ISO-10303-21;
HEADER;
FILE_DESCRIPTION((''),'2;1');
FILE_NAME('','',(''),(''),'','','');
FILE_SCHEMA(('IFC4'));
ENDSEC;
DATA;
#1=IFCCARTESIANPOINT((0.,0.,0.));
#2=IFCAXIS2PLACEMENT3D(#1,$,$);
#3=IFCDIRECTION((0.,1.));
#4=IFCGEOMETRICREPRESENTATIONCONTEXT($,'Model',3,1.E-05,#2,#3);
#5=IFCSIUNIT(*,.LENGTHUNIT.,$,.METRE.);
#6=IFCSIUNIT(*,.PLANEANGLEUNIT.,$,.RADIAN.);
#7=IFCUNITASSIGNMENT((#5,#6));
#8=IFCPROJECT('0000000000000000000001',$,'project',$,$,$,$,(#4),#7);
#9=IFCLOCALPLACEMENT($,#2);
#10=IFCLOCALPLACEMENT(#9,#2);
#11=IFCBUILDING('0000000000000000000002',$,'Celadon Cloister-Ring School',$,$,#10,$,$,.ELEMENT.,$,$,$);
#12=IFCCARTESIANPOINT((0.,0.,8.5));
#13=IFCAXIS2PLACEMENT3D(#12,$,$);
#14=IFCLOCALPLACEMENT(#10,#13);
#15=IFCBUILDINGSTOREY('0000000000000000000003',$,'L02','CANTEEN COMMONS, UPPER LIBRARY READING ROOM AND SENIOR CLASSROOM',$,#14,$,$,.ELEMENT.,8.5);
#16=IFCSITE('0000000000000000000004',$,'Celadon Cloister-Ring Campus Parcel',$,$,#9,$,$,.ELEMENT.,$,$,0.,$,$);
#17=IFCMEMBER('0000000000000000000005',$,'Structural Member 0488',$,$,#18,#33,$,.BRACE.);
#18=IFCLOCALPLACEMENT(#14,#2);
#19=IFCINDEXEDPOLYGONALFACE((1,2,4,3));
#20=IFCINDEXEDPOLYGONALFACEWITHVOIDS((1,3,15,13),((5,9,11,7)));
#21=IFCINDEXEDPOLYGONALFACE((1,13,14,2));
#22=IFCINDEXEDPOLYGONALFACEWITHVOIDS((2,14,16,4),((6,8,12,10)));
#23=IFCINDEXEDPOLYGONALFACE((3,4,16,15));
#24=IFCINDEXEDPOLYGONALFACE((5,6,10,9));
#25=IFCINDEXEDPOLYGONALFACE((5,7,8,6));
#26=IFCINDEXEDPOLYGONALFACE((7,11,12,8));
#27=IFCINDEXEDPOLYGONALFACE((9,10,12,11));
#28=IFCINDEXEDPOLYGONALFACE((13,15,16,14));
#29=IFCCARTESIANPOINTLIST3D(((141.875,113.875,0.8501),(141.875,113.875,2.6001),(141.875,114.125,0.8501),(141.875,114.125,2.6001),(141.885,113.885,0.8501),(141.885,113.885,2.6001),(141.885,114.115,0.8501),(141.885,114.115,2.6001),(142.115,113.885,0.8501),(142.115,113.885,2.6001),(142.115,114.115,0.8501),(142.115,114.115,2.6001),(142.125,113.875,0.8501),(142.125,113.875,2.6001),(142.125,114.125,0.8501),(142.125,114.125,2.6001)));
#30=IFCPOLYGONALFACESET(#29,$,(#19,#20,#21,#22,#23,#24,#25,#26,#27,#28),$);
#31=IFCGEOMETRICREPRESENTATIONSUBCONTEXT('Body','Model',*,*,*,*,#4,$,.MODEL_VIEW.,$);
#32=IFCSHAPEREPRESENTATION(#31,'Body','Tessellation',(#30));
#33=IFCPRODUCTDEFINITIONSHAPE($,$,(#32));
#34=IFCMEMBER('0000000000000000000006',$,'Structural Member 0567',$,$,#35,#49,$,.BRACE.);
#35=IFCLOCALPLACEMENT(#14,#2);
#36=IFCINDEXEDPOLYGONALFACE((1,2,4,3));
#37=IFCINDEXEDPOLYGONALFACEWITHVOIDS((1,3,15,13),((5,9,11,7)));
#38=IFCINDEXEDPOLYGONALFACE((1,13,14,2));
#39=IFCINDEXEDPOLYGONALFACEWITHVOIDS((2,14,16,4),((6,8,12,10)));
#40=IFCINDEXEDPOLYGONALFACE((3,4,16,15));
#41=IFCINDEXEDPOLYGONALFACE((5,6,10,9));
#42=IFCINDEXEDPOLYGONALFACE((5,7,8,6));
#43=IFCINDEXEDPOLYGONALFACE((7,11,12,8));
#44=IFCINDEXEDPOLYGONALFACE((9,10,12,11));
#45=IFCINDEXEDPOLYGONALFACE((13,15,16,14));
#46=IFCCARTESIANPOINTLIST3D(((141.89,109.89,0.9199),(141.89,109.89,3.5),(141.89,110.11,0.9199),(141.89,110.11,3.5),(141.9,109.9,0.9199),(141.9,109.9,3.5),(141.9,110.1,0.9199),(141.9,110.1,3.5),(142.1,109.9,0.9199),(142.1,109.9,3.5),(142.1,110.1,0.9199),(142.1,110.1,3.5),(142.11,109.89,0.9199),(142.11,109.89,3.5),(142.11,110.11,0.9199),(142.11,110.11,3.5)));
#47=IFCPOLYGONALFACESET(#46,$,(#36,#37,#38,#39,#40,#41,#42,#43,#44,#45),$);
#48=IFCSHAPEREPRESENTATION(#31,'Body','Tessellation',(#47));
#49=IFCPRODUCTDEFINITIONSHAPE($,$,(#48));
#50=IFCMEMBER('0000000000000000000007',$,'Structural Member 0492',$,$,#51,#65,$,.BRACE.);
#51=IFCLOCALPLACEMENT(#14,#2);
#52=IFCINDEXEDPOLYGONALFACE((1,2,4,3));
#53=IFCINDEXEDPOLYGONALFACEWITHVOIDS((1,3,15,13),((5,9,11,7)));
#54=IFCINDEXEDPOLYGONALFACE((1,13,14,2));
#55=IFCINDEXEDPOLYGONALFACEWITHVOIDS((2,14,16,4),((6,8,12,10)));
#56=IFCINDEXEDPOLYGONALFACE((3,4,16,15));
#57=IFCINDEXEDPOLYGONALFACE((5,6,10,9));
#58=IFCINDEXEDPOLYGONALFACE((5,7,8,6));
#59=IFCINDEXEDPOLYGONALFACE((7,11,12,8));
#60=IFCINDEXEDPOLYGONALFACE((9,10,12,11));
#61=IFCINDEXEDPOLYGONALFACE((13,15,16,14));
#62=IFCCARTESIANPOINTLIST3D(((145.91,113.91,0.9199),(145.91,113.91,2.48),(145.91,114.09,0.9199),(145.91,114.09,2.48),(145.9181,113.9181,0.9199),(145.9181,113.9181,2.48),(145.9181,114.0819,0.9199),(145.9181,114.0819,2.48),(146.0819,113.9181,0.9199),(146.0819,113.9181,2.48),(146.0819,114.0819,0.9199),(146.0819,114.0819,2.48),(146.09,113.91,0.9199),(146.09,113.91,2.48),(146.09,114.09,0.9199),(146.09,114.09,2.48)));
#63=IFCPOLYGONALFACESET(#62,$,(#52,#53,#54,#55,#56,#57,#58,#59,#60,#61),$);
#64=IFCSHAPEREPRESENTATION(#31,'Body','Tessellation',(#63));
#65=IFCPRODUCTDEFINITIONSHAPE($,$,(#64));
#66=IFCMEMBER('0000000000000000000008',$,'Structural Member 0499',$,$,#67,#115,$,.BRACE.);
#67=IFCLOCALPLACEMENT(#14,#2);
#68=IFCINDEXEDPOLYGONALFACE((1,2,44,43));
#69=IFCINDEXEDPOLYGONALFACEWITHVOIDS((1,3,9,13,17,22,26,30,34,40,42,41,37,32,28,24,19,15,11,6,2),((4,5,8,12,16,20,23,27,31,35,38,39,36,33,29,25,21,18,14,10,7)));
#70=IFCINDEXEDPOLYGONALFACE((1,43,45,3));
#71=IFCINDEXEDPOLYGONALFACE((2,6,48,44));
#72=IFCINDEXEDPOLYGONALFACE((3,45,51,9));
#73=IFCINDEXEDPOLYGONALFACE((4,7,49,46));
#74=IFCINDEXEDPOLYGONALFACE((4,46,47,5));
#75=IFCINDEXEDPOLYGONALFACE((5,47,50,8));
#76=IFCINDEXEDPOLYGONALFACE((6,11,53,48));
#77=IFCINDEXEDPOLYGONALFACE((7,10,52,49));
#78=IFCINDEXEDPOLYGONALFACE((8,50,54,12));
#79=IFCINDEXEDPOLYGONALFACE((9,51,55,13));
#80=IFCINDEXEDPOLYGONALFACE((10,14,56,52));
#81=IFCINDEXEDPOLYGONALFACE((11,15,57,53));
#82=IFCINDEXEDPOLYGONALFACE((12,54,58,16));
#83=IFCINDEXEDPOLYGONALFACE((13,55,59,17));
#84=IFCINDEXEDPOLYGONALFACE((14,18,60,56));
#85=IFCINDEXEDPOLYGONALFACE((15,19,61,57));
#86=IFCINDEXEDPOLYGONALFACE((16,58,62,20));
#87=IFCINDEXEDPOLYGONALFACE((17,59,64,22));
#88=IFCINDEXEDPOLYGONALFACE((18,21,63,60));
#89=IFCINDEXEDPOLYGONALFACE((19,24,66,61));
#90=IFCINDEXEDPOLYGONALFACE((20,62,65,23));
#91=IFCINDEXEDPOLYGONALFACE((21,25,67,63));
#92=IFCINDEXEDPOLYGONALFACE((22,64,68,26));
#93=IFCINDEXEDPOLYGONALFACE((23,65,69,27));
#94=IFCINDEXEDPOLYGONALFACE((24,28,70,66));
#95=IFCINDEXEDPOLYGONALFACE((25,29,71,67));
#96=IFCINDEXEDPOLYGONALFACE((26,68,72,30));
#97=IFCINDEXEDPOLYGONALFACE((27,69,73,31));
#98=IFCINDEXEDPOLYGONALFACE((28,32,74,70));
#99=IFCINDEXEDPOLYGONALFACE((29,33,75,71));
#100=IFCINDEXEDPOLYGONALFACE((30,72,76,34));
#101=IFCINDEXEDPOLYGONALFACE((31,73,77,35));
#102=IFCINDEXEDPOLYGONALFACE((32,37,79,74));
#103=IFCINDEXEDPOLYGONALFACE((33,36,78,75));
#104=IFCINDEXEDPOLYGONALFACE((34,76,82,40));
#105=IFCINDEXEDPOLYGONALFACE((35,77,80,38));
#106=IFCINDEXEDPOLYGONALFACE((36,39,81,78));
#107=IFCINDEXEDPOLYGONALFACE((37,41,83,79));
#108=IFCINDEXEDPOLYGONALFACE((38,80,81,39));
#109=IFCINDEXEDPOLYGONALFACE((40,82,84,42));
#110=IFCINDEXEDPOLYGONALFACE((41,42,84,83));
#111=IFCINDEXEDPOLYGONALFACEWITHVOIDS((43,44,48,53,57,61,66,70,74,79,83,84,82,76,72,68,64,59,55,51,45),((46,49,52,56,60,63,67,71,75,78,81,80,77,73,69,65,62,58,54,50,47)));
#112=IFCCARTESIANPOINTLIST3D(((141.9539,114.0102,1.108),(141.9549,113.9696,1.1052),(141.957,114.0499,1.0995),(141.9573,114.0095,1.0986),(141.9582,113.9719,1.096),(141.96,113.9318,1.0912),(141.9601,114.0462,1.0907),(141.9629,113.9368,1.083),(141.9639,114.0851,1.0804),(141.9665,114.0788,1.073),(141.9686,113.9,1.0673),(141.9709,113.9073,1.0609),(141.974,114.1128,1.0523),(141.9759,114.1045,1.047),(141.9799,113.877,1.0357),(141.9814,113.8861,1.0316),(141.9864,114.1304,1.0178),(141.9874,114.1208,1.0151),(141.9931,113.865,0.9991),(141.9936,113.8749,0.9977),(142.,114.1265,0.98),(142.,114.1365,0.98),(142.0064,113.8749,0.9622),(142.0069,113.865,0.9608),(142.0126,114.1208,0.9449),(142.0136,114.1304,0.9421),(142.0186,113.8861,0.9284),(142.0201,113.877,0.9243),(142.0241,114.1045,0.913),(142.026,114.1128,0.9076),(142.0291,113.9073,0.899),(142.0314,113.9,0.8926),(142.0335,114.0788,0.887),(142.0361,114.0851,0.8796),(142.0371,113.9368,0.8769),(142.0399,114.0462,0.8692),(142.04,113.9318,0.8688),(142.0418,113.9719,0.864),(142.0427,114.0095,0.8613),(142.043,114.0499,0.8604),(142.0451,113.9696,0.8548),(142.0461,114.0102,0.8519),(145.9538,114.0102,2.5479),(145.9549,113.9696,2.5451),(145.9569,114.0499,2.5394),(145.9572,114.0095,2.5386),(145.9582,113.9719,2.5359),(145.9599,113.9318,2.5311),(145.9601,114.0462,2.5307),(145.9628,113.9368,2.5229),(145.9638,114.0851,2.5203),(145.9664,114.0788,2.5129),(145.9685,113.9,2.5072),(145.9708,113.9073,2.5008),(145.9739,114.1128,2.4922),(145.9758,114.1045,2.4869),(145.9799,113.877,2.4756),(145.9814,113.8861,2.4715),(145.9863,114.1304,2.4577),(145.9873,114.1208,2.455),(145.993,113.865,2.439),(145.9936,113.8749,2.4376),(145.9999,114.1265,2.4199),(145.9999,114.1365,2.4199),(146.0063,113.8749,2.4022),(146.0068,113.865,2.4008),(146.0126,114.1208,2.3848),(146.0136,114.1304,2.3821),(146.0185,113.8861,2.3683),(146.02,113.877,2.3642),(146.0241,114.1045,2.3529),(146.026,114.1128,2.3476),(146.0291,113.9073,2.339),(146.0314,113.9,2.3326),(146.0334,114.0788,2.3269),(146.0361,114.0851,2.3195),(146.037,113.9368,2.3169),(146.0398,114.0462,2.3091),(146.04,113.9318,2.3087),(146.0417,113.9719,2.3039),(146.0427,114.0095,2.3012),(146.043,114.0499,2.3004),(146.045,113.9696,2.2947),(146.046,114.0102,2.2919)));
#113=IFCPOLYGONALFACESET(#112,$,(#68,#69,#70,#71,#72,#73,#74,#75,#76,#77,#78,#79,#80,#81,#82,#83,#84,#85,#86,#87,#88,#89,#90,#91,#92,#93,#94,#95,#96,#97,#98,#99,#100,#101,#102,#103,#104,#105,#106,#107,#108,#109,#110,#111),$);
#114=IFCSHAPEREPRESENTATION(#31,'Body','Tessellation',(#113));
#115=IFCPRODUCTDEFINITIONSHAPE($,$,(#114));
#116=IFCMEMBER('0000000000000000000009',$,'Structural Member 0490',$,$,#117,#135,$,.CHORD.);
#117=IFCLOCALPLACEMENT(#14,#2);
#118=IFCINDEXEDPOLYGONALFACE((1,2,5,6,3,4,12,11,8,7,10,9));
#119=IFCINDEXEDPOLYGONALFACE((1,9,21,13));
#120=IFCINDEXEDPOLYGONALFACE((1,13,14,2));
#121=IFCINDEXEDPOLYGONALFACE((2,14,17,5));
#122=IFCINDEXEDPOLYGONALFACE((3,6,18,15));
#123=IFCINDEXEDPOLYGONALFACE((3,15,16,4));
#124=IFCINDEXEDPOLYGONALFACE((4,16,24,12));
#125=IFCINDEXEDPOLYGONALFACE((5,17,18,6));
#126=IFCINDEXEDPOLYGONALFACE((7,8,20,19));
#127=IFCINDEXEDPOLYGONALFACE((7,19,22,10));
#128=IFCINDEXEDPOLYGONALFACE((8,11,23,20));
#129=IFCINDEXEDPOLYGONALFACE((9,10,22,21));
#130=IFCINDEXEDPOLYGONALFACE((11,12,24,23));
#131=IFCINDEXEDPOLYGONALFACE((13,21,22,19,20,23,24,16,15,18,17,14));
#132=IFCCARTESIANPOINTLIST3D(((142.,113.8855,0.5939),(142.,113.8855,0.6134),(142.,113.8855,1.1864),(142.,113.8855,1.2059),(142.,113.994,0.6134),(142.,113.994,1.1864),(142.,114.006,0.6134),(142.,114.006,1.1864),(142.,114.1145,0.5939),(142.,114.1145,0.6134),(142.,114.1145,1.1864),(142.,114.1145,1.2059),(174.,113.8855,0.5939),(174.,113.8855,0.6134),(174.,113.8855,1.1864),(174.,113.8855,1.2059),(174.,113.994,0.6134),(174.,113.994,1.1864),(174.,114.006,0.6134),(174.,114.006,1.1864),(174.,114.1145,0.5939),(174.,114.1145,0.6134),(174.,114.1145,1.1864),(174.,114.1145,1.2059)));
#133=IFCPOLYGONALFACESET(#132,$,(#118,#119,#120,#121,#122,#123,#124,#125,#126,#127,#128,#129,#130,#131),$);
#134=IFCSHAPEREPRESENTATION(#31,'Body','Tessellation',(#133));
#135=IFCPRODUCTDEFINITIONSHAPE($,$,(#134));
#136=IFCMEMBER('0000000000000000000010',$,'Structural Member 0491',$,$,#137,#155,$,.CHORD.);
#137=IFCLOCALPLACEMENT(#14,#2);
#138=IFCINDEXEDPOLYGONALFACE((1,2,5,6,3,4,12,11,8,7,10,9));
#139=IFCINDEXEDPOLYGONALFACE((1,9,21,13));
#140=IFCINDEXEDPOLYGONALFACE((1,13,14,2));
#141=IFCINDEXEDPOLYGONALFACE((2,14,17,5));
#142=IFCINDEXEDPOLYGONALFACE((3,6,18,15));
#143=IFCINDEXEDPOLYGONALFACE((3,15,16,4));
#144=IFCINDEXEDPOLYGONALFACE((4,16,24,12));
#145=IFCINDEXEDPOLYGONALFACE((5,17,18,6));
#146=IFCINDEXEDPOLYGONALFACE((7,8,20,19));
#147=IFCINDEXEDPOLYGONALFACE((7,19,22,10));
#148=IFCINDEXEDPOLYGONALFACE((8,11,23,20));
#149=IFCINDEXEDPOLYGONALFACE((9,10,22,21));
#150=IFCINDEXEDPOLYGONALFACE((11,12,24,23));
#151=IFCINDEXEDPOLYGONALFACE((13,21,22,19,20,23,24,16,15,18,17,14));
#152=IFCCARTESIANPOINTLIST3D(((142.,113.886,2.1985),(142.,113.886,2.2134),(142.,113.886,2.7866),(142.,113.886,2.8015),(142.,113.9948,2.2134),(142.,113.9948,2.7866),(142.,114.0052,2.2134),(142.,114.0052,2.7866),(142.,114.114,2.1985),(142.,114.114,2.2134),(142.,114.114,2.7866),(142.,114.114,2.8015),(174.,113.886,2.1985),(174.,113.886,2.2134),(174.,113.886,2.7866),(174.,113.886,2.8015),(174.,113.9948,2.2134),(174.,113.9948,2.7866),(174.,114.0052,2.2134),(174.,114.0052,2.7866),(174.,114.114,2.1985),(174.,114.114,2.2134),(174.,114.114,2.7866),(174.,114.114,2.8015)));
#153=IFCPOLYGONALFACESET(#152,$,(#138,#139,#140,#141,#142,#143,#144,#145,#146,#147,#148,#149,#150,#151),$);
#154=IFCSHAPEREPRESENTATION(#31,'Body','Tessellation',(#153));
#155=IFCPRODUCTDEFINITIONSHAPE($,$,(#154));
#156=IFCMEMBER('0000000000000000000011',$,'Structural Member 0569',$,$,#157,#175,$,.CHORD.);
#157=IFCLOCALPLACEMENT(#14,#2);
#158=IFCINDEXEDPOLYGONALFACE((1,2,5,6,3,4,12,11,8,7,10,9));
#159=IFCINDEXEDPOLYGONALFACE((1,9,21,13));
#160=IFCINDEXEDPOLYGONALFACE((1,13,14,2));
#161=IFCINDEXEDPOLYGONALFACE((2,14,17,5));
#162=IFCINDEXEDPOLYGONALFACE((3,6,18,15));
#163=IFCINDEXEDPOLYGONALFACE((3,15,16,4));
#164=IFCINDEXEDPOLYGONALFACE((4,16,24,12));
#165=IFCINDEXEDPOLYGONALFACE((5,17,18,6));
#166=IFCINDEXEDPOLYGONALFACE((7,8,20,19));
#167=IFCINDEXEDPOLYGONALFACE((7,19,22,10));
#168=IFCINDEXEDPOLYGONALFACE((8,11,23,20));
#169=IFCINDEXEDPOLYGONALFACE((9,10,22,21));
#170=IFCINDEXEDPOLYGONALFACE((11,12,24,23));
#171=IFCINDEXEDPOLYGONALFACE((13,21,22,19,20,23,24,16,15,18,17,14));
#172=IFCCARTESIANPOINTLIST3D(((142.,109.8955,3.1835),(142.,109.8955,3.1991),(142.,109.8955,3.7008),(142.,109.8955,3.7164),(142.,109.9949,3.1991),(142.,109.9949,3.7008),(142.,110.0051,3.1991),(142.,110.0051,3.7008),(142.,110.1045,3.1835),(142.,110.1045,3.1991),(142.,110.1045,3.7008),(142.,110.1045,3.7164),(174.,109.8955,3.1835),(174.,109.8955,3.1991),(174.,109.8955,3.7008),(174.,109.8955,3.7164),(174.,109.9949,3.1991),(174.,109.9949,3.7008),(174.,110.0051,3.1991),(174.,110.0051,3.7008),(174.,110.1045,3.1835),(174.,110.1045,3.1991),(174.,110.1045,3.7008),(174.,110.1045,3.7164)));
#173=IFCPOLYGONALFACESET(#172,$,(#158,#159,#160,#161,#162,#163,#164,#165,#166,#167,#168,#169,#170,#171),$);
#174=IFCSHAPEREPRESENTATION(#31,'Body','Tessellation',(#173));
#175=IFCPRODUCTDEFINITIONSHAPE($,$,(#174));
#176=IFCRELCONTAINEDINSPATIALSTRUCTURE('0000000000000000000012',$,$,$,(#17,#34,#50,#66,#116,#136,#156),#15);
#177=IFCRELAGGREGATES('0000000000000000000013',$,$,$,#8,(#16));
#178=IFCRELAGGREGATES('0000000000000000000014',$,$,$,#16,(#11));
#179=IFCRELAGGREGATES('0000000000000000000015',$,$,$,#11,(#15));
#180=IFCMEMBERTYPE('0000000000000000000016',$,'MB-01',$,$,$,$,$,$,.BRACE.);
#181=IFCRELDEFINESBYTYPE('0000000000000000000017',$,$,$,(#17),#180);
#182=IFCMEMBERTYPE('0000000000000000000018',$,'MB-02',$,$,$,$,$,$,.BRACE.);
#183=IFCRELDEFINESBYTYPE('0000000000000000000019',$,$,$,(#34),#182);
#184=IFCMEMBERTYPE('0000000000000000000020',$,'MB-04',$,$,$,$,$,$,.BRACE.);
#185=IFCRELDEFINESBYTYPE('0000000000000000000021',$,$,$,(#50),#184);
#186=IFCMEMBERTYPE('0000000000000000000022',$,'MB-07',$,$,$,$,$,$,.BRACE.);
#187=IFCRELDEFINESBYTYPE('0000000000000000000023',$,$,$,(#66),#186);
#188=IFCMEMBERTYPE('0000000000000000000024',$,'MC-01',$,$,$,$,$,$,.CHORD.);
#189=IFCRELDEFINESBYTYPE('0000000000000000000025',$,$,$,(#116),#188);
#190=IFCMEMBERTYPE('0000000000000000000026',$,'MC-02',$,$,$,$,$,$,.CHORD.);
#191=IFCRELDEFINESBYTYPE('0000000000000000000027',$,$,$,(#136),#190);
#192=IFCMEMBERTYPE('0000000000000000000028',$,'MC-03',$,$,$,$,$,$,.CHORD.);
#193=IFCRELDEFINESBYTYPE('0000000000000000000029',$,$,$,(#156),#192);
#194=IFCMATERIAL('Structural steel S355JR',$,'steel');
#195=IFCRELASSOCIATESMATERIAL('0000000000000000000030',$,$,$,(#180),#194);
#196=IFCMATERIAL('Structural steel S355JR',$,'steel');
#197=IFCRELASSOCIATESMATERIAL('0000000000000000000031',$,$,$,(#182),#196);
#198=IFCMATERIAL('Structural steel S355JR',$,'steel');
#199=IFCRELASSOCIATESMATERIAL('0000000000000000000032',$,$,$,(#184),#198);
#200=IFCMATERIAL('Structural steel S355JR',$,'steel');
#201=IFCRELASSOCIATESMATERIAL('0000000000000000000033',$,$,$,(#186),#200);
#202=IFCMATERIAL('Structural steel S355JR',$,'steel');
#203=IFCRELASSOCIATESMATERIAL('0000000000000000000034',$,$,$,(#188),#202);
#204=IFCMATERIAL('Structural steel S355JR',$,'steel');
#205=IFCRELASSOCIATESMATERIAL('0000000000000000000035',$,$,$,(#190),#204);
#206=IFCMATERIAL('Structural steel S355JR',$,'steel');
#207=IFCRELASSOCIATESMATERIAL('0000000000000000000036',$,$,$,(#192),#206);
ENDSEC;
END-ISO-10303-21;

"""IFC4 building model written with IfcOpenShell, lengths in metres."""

from ifc_helpers import new_model, si_unit, direction, frame, origin, origin_2d, place, context, subcontext, project, spatial, hollow_rectangle, hollow_circle, i_section, extrude, material, material_profile, profile_set, type_object, element, save


model = new_model("IFC4")

# Units and contexts
model_context = context("Model", 3, precision=1e-05, world=origin(), true_north=direction((0.0, 1.0)))
body_context = subcontext(model_context, "Body", "Model", "MODEL_VIEW")
ifc_project = project(units=[si_unit("LENGTHUNIT", "METRE"), si_unit("PLANEANGLEUNIT", "RADIAN")], contexts=[model_context])

# Site, building, storey
site_placement = place(None, origin())
site = spatial("IfcSite", under=ifc_project, at=site_placement, Name="Celadon Cloister-Ring Campus Parcel", CompositionType="ELEMENT", RefElevation=0.0)
building_placement = place(site_placement, origin())
building = spatial("IfcBuilding", under=site, at=building_placement, Name="Celadon Cloister-Ring School", CompositionType="ELEMENT")
storey_placement = place(building_placement, frame((0.0, 0.0, 8.5)))
storey = spatial("IfcBuildingStorey", under=building, at=storey_placement, Name="L02", Description="CANTEEN COMMONS, UPPER LIBRARY READING ROOM AND SENIOR CLASSROOM", CompositionType="ELEMENT", Elevation=8.5)

# Members
ifc_material_1 = material(Name="Structural steel S355JR", Category="steel")
ifc_material_profile_1 = material_profile(ifc_material_1, hollow_rectangle(XDim=0.25, YDim=0.25, WallThickness=0.01, at=origin_2d()), Name="HSS250X250X10")
ifc_profile_set_1 = profile_set([ifc_material_profile_1], Name="Structural steel S355JR")
member_type_1 = type_object("IfcMemberType", Name="MB-01", PredefinedType="BRACE", material=ifc_profile_set_1)
member_1_placement = place(storey_placement, frame((142.0, 114.0, 0.8501), z_axis=(0.0, 0.0, 1.0), x_axis=(1.0, 0.0, 0.0)))
element("IfcMember", 1, at=member_1_placement, inside=storey, type_object=member_type_1, Name="Structural Member 0488", PredefinedType="BRACE", context=body_context, shape_type="SweptSolid", body=[
    extrude(hollow_rectangle(XDim=0.25, YDim=0.25, WallThickness=0.01, at=origin_2d()), origin(), (0.0, 0.0, 1.0), 1.75),
])
ifc_material_2 = material(Name="Structural steel S355JR", Category="steel")
ifc_material_profile_2 = material_profile(ifc_material_2, hollow_rectangle(XDim=0.22, YDim=0.22, WallThickness=0.01, at=origin_2d()), Name="HSS220X220X10")
ifc_profile_set_2 = profile_set([ifc_material_profile_2], Name="Structural steel S355JR")
member_type_2 = type_object("IfcMemberType", Name="MB-02", PredefinedType="BRACE", material=ifc_profile_set_2)
member_2_placement = place(storey_placement, frame((142.0, 110.0, 0.9199), z_axis=(0.0, 0.0, 1.0), x_axis=(1.0, 0.0, 0.0)))
element("IfcMember", 2, at=member_2_placement, inside=storey, type_object=member_type_2, Name="Structural Member 0567", PredefinedType="BRACE", context=body_context, shape_type="SweptSolid", body=[
    extrude(hollow_rectangle(XDim=0.22, YDim=0.22, WallThickness=0.01, at=origin_2d()), origin(), (0.0, 0.0, 1.0), 2.5801),
])
ifc_material_3 = material(Name="Structural steel S355JR", Category="steel")
ifc_material_profile_3 = material_profile(ifc_material_3, hollow_rectangle(XDim=0.1799, YDim=0.1799, WallThickness=0.0081, at=origin_2d()), Name="HSS180X180X8")
ifc_profile_set_3 = profile_set([ifc_material_profile_3], Name="Structural steel S355JR")
member_type_3 = type_object("IfcMemberType", Name="MB-04", PredefinedType="BRACE", material=ifc_profile_set_3)
member_3_placement = place(storey_placement, frame((146.0, 114.0, 0.9199), z_axis=(0.0, 0.0, 1.0), x_axis=(1.0, 0.0, 0.0)))
element("IfcMember", 3, at=member_3_placement, inside=storey, type_object=member_type_3, Name="Structural Member 0492", PredefinedType="BRACE", context=body_context, shape_type="SweptSolid", body=[
    extrude(hollow_rectangle(XDim=0.1799, YDim=0.1799, WallThickness=0.0081, at=origin_2d()), origin(), (0.0, 0.0, 1.0), 1.5601),
])
ifc_material_4 = material(Name="Structural steel S355JR", Category="steel")
ifc_material_profile_4 = material_profile(ifc_material_4, hollow_circle(Radius=0.1365, WallThickness=0.01, at=origin_2d()), Name="CHS273.0X10")
ifc_profile_set_4 = profile_set([ifc_material_profile_4], Name="Structural steel S355JR")
member_type_4 = type_object("IfcMemberType", Name="MB-07", PredefinedType="BRACE", material=ifc_profile_set_4)
member_4_placement = place(storey_placement, frame((142.0, 114.0, 0.98), z_axis=(0.940892, 0.0, 0.338707), x_axis=(0.0, 1.0, 0.0)))
element("IfcMember", 4, at=member_4_placement, inside=storey, type_object=member_type_4, Name="Structural Member 0499", PredefinedType="BRACE", context=body_context, shape_type="SweptSolid", body=[
    extrude(hollow_circle(Radius=0.1365, WallThickness=0.01, at=origin_2d()), origin(), (0.0, 0.0, 1.0), 4.2512),
])
ifc_material_5 = material(Name="Structural steel S355JR", Category="steel")
ifc_material_profile_5 = material_profile(ifc_material_5, i_section(OverallWidth=0.229, OverallDepth=0.6121, WebThickness=0.012, FlangeThickness=0.0195, at=origin_2d()), Name="W610X125")
ifc_profile_set_5 = profile_set([ifc_material_profile_5], Name="Structural steel S355JR")
member_type_5 = type_object("IfcMemberType", Name="MC-01", PredefinedType="CHORD", material=ifc_profile_set_5)
member_5_placement = place(storey_placement, frame((142.0, 114.0, 0.8999), z_axis=(1.0, 0.0, 0.0), x_axis=(0.0, 1.0, 0.0)))
element("IfcMember", 5, at=member_5_placement, inside=storey, type_object=member_type_5, Name="Structural Member 0490", PredefinedType="CHORD", context=body_context, shape_type="SweptSolid", body=[
    extrude(i_section(OverallWidth=0.229, OverallDepth=0.6121, WebThickness=0.012, FlangeThickness=0.0195, at=origin_2d()), origin(), (0.0, 0.0, 1.0), 32.0),
])
ifc_material_6 = material(Name="Structural steel S355JR", Category="steel")
ifc_material_profile_6 = material_profile(ifc_material_6, i_section(OverallWidth=0.228, OverallDepth=0.603, WebThickness=0.0105, FlangeThickness=0.0149, at=origin_2d()), Name="W610X101")
ifc_profile_set_6 = profile_set([ifc_material_profile_6], Name="Structural steel S355JR")
member_type_6 = type_object("IfcMemberType", Name="MC-02", PredefinedType="CHORD", material=ifc_profile_set_6)
member_6_placement = place(storey_placement, frame((142.0, 114.0, 2.5), z_axis=(1.0, 0.0, 0.0), x_axis=(0.0, 1.0, 0.0)))
element("IfcMember", 6, at=member_6_placement, inside=storey, type_object=member_type_6, Name="Structural Member 0491", PredefinedType="CHORD", context=body_context, shape_type="SweptSolid", body=[
    extrude(i_section(OverallWidth=0.228, OverallDepth=0.603, WebThickness=0.0105, FlangeThickness=0.0149, at=origin_2d()), origin(), (0.0, 0.0, 1.0), 32.0),
])
ifc_material_7 = material(Name="Structural steel S355JR", Category="steel")
ifc_material_profile_7 = material_profile(ifc_material_7, i_section(OverallWidth=0.209, OverallDepth=0.533, WebThickness=0.0103, FlangeThickness=0.0156, at=origin_2d()), Name="W530X92")
ifc_profile_set_7 = profile_set([ifc_material_profile_7], Name="Structural steel S355JR")
member_type_7 = type_object("IfcMemberType", Name="MC-03", PredefinedType="CHORD", material=ifc_profile_set_7)
member_7_placement = place(storey_placement, frame((142.0, 110.0, 3.45), z_axis=(1.0, 0.0, 0.0), x_axis=(0.0, 1.0, 0.0)))
element("IfcMember", 7, at=member_7_placement, inside=storey, type_object=member_type_7, Name="Structural Member 0569", PredefinedType="CHORD", context=body_context, shape_type="SweptSolid", body=[
    extrude(i_section(OverallWidth=0.209, OverallDepth=0.533, WebThickness=0.0103, FlangeThickness=0.0156, at=origin_2d()), origin(), (0.0, 0.0, 1.0), 32.0),
])

save(model, "model.ifc")
